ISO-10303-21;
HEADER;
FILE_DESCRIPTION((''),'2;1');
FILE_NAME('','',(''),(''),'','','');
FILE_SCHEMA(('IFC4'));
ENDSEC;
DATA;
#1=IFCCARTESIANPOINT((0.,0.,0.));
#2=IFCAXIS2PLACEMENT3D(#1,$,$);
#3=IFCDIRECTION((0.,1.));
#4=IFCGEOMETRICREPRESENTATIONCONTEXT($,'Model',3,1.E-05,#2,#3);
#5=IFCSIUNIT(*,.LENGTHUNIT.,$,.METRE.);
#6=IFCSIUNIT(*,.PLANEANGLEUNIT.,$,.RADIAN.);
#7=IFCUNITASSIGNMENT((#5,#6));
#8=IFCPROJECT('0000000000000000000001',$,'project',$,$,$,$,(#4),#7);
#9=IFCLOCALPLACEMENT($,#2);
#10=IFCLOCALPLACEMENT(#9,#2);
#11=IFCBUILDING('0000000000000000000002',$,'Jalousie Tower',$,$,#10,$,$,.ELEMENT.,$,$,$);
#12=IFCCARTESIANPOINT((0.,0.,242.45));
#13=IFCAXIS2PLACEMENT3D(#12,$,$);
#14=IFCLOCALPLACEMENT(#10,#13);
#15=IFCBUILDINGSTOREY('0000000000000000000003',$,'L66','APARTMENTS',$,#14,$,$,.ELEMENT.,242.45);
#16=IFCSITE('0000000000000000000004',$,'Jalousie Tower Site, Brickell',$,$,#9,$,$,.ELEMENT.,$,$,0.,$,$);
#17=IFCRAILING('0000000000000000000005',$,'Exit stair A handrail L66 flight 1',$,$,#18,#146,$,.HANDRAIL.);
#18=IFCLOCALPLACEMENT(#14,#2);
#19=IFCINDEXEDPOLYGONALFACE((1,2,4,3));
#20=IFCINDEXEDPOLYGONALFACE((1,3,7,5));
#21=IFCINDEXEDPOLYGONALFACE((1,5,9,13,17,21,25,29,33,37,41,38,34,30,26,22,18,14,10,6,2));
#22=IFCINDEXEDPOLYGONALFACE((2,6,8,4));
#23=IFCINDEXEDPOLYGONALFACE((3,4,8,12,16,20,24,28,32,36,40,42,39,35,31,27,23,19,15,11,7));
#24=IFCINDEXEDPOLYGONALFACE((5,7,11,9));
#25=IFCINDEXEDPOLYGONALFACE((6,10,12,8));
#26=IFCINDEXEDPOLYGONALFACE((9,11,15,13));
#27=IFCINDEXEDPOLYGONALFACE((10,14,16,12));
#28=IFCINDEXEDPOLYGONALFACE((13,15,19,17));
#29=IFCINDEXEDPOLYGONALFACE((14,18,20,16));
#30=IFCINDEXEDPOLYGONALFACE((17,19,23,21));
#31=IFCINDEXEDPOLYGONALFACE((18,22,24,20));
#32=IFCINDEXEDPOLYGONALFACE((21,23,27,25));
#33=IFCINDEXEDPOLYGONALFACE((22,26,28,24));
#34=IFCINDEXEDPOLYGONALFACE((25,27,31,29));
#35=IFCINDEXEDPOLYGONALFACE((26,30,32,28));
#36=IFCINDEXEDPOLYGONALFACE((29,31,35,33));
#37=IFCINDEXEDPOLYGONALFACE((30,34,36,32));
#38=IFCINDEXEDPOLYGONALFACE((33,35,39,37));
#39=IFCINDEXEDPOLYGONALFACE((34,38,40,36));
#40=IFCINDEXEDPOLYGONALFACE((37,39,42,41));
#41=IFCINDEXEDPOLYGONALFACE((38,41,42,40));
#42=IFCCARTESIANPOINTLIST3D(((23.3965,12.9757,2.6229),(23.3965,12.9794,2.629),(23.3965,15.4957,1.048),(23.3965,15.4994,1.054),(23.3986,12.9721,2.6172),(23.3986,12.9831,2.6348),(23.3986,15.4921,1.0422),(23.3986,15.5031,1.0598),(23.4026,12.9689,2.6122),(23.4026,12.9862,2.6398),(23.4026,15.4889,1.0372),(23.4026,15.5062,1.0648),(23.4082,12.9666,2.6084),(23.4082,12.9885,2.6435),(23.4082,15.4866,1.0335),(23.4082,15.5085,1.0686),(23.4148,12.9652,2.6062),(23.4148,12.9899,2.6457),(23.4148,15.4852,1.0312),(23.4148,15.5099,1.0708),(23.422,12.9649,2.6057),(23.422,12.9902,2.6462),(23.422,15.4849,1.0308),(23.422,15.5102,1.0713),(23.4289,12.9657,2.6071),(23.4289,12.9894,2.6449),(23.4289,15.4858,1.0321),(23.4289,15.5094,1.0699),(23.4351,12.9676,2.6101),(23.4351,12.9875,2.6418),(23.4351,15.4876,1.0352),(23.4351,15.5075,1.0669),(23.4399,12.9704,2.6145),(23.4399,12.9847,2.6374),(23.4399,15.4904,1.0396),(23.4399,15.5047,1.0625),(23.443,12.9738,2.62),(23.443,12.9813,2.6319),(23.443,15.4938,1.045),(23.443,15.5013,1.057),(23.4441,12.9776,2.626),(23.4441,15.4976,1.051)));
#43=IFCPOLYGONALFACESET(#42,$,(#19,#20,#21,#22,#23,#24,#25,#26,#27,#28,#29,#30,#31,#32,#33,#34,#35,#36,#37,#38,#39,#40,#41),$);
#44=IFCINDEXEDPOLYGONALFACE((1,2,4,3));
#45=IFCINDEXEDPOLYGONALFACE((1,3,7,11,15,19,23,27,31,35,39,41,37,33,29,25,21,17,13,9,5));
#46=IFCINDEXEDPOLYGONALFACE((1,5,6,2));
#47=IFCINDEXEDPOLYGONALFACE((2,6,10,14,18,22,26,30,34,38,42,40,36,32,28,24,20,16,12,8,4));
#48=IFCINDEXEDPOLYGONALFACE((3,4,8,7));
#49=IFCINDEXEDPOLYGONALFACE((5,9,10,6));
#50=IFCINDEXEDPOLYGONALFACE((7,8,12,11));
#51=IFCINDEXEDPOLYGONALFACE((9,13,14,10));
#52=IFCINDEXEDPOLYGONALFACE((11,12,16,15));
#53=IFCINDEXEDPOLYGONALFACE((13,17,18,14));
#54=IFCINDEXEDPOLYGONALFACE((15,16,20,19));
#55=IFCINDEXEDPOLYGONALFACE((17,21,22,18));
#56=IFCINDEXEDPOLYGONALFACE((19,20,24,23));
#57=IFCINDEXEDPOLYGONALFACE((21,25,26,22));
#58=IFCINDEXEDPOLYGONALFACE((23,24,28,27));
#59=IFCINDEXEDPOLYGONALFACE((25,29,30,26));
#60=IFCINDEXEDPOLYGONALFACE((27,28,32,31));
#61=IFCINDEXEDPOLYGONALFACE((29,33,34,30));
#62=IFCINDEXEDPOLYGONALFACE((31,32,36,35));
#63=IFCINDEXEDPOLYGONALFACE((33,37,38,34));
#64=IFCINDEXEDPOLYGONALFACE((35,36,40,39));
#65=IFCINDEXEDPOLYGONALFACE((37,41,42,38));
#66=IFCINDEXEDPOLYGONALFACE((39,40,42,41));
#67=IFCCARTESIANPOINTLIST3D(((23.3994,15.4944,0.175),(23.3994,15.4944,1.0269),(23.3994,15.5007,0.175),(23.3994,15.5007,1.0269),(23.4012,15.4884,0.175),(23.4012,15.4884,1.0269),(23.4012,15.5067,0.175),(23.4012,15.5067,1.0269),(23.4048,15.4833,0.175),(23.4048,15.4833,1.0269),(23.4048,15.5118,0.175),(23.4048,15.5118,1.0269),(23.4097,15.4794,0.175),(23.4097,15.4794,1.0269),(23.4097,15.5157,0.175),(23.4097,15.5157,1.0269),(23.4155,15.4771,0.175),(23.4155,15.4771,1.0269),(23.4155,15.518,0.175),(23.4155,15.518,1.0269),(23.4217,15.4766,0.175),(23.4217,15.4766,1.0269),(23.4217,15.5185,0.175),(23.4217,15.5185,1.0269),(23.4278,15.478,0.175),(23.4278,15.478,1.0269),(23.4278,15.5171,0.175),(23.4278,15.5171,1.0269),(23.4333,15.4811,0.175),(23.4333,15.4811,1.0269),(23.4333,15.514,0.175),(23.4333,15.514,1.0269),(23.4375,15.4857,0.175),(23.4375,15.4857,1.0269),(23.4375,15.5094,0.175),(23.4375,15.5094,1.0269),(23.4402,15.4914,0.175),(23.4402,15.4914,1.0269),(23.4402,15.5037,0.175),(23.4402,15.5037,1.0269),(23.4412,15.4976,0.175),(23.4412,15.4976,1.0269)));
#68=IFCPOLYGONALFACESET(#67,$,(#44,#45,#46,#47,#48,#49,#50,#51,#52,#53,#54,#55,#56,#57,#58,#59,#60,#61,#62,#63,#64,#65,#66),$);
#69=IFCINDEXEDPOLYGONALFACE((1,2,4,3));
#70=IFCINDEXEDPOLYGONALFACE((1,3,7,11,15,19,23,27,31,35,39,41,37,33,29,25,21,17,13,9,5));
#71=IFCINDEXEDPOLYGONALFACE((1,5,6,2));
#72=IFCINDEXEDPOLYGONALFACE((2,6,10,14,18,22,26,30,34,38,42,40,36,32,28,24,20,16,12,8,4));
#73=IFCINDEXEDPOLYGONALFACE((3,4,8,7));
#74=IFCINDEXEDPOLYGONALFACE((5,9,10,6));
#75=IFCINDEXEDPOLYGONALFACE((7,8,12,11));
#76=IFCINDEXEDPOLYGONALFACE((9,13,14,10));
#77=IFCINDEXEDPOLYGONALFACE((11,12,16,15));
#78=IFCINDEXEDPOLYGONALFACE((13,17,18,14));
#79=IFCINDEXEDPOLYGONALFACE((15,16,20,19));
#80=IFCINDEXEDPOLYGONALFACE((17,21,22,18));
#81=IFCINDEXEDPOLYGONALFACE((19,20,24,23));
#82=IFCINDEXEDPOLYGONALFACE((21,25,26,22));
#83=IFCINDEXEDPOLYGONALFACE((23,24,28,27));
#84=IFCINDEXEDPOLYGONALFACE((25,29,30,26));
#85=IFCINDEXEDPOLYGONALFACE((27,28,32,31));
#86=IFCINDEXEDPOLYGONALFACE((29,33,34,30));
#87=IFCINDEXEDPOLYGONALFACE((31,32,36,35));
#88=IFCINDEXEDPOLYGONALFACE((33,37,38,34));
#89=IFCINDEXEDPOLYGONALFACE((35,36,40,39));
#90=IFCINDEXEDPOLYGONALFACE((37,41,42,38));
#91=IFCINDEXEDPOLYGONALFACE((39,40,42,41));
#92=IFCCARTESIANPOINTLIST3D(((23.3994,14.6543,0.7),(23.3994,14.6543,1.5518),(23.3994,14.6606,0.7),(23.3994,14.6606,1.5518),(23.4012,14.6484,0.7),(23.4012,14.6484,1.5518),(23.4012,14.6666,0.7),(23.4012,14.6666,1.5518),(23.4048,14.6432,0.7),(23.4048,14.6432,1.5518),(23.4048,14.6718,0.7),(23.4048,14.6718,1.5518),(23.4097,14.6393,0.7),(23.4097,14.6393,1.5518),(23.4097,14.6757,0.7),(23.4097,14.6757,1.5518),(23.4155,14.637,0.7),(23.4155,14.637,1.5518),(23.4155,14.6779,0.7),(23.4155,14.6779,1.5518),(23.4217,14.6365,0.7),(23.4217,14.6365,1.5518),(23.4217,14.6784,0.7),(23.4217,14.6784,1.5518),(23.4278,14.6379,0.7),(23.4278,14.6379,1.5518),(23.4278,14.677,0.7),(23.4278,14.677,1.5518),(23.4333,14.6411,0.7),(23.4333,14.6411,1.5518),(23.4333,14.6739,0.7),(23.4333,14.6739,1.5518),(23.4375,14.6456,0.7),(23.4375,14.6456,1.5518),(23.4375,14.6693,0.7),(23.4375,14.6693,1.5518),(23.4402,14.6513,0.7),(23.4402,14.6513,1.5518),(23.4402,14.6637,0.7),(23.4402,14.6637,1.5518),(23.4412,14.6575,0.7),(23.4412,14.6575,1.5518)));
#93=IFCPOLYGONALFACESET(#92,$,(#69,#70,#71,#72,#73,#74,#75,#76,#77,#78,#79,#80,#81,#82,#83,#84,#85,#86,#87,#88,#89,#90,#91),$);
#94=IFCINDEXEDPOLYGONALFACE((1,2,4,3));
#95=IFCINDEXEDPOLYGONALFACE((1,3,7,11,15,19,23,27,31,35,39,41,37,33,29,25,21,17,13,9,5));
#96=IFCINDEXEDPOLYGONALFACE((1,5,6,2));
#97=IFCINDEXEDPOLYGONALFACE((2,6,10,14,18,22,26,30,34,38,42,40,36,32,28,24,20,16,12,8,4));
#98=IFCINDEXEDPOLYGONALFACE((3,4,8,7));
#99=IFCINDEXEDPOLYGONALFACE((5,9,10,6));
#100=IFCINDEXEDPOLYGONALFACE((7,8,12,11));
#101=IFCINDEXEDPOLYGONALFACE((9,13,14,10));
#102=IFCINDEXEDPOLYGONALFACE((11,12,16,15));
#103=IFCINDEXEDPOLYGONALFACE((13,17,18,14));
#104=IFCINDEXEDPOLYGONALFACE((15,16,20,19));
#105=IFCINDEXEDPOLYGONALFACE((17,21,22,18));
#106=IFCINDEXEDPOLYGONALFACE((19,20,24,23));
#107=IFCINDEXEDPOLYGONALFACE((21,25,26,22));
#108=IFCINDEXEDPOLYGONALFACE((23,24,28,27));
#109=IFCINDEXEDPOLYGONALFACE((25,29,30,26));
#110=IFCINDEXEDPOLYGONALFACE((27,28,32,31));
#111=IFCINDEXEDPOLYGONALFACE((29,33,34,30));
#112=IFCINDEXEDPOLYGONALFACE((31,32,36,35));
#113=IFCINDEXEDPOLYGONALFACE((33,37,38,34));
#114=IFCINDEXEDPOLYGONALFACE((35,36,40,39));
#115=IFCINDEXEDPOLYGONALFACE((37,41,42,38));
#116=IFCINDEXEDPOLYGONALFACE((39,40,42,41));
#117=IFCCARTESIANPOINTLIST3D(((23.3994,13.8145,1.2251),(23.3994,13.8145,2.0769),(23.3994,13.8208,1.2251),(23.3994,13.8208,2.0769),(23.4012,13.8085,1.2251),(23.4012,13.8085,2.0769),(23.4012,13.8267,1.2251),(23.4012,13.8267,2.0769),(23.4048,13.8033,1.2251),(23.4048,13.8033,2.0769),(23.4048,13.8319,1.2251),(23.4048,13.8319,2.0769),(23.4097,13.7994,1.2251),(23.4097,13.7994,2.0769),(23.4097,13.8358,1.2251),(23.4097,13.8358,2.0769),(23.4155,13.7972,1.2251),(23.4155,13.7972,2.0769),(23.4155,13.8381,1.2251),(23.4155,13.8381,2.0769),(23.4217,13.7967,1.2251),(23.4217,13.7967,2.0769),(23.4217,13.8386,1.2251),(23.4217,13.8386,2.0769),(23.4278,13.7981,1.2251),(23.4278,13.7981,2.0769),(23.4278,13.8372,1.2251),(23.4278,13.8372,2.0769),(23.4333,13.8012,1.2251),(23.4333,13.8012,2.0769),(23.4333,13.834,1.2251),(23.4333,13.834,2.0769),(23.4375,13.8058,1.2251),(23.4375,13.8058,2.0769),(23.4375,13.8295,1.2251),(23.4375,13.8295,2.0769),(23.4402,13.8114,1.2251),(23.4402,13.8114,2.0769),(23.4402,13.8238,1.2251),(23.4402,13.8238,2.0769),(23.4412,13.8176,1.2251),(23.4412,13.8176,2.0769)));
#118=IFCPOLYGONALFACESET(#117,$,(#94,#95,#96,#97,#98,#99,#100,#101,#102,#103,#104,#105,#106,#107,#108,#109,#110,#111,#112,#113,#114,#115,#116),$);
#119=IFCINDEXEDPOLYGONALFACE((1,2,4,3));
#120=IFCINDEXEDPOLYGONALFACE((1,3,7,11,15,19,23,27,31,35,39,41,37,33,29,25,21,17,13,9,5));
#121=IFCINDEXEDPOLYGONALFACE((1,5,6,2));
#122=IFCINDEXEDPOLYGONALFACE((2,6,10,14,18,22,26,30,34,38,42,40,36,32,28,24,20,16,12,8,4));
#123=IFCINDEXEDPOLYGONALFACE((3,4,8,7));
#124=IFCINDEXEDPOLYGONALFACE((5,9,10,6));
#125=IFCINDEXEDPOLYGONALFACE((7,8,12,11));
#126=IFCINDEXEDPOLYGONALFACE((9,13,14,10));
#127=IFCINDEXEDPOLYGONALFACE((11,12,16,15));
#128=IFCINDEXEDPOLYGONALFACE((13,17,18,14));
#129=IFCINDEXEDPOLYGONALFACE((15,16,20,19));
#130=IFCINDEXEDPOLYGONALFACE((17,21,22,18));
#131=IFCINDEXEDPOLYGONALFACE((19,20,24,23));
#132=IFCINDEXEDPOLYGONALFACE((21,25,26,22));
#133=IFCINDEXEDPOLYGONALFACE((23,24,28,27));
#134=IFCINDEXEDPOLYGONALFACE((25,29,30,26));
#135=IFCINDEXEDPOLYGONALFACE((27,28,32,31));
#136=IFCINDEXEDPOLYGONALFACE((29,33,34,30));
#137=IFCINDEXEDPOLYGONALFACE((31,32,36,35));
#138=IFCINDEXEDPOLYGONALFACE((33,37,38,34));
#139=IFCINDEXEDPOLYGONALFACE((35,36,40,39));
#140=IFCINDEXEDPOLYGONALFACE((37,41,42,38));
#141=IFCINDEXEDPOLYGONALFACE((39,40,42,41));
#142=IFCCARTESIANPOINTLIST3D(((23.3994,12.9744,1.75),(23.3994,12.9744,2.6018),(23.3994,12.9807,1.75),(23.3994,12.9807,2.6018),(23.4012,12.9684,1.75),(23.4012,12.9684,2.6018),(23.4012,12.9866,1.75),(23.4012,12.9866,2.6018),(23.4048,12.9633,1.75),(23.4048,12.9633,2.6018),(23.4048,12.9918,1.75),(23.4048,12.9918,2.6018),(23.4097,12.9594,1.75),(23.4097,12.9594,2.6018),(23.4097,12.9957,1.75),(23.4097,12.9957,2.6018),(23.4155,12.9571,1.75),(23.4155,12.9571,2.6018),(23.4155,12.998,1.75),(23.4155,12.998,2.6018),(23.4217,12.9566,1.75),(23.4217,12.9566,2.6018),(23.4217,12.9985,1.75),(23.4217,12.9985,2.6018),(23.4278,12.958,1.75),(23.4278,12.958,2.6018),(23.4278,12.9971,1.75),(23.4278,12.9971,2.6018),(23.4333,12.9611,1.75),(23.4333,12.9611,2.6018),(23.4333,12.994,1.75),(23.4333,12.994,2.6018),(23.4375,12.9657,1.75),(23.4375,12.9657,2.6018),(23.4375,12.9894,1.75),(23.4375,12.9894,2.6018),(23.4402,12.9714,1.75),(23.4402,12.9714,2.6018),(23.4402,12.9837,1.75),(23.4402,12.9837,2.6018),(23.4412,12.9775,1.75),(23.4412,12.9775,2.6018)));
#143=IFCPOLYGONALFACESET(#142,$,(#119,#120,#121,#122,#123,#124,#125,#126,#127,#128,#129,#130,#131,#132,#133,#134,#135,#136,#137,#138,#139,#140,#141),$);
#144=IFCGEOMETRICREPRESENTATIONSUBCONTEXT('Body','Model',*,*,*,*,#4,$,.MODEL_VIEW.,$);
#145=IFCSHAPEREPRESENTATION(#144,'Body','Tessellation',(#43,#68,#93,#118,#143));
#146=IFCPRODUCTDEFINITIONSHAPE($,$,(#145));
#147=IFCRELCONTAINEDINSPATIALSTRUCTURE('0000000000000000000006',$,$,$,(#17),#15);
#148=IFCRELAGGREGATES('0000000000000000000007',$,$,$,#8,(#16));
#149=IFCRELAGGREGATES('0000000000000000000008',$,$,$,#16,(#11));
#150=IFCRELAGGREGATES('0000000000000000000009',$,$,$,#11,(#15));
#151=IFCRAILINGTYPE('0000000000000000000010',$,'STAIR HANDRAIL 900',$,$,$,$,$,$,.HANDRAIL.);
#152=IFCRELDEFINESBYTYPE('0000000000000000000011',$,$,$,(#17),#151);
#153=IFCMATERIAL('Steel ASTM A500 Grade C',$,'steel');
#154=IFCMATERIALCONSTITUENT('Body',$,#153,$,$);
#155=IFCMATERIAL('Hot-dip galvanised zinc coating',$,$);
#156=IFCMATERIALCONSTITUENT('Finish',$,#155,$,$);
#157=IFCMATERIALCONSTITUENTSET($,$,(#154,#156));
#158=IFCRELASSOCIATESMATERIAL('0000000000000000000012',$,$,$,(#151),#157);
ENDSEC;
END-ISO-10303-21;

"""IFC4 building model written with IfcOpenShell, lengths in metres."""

from ifc_helpers import new_model, si_unit, direction, frame, origin, origin_2d, place, context, subcontext, project, spatial, circle, extrude, material, constituent, constituent_set, type_object, element, save


model = new_model("IFC4")

# Units and contexts
model_context = context("Model", 3, precision=1e-05, world=origin(), true_north=direction((0.0, 1.0)))
body_context = subcontext(model_context, "Body", "Model", "MODEL_VIEW")
ifc_project = project(units=[si_unit("LENGTHUNIT", "METRE"), si_unit("PLANEANGLEUNIT", "RADIAN")], contexts=[model_context])

# Site, building, storey
site_placement = place(None, origin())
site = spatial("IfcSite", under=ifc_project, at=site_placement, Name="Jalousie Tower Site, Brickell", CompositionType="ELEMENT", RefElevation=0.0)
building_placement = place(site_placement, origin())
building = spatial("IfcBuilding", under=site, at=building_placement, Name="Jalousie Tower", CompositionType="ELEMENT")
storey_placement = place(building_placement, frame((0.0, 0.0, 242.45)))
storey = spatial("IfcBuildingStorey", under=building, at=storey_placement, Name="L66", Description="APARTMENTS", CompositionType="ELEMENT", Elevation=242.45)

# Railing
ifc_material_1 = material(Name="Steel ASTM A500 Grade C", Category="steel")
ifc_constituent_1 = constituent(ifc_material_1, Name="Body")
ifc_material_2 = material(Name="Hot-dip galvanised zinc coating")
ifc_constituent_2 = constituent(ifc_material_2, Name="Finish")
ifc_constituent_set_1 = constituent_set(constituents=[ifc_constituent_1, ifc_constituent_2])
railing_type_1 = type_object("IfcRailingType", Name="STAIR HANDRAIL 900", PredefinedType="HANDRAIL", material=ifc_constituent_set_1)
railing_1_placement = place(storey_placement, frame((23.4202, 15.4976, 0.175)))
element("IfcRailing", 1, at=railing_1_placement, inside=storey, type_object=railing_type_1, Name="Exit stair A handrail L66 flight 1", PredefinedType="HANDRAIL", context=body_context, shape_type="SweptSolid", body=[
    extrude(circle(Radius=0.0239, at=origin_2d()), frame((0.0, 0.0, 0.876), z_axis=(0.0, -0.848008, 0.529984), x_axis=(1.0, 0.0, 0.0)), (0.0, 0.0, 1.0), 2.9717),
    extrude(circle(Radius=0.021, at=origin_2d()), origin(), (0.0, 0.0, 1.0), 0.8518),
    extrude(circle(Radius=0.021, at=origin_2d()), frame((0.0, -0.8401, 0.5249)), (0.0, 0.0, 1.0), 0.8518),
    extrude(circle(Radius=0.021, at=origin_2d()), frame((0.0, -1.6799, 1.05)), (0.0, 0.0, 1.0), 0.8518),
    extrude(circle(Radius=0.021, at=origin_2d()), frame((0.0, -2.52, 1.575)), (0.0, 0.0, 1.0), 0.8518),
])

save(model, "model.ifc")
